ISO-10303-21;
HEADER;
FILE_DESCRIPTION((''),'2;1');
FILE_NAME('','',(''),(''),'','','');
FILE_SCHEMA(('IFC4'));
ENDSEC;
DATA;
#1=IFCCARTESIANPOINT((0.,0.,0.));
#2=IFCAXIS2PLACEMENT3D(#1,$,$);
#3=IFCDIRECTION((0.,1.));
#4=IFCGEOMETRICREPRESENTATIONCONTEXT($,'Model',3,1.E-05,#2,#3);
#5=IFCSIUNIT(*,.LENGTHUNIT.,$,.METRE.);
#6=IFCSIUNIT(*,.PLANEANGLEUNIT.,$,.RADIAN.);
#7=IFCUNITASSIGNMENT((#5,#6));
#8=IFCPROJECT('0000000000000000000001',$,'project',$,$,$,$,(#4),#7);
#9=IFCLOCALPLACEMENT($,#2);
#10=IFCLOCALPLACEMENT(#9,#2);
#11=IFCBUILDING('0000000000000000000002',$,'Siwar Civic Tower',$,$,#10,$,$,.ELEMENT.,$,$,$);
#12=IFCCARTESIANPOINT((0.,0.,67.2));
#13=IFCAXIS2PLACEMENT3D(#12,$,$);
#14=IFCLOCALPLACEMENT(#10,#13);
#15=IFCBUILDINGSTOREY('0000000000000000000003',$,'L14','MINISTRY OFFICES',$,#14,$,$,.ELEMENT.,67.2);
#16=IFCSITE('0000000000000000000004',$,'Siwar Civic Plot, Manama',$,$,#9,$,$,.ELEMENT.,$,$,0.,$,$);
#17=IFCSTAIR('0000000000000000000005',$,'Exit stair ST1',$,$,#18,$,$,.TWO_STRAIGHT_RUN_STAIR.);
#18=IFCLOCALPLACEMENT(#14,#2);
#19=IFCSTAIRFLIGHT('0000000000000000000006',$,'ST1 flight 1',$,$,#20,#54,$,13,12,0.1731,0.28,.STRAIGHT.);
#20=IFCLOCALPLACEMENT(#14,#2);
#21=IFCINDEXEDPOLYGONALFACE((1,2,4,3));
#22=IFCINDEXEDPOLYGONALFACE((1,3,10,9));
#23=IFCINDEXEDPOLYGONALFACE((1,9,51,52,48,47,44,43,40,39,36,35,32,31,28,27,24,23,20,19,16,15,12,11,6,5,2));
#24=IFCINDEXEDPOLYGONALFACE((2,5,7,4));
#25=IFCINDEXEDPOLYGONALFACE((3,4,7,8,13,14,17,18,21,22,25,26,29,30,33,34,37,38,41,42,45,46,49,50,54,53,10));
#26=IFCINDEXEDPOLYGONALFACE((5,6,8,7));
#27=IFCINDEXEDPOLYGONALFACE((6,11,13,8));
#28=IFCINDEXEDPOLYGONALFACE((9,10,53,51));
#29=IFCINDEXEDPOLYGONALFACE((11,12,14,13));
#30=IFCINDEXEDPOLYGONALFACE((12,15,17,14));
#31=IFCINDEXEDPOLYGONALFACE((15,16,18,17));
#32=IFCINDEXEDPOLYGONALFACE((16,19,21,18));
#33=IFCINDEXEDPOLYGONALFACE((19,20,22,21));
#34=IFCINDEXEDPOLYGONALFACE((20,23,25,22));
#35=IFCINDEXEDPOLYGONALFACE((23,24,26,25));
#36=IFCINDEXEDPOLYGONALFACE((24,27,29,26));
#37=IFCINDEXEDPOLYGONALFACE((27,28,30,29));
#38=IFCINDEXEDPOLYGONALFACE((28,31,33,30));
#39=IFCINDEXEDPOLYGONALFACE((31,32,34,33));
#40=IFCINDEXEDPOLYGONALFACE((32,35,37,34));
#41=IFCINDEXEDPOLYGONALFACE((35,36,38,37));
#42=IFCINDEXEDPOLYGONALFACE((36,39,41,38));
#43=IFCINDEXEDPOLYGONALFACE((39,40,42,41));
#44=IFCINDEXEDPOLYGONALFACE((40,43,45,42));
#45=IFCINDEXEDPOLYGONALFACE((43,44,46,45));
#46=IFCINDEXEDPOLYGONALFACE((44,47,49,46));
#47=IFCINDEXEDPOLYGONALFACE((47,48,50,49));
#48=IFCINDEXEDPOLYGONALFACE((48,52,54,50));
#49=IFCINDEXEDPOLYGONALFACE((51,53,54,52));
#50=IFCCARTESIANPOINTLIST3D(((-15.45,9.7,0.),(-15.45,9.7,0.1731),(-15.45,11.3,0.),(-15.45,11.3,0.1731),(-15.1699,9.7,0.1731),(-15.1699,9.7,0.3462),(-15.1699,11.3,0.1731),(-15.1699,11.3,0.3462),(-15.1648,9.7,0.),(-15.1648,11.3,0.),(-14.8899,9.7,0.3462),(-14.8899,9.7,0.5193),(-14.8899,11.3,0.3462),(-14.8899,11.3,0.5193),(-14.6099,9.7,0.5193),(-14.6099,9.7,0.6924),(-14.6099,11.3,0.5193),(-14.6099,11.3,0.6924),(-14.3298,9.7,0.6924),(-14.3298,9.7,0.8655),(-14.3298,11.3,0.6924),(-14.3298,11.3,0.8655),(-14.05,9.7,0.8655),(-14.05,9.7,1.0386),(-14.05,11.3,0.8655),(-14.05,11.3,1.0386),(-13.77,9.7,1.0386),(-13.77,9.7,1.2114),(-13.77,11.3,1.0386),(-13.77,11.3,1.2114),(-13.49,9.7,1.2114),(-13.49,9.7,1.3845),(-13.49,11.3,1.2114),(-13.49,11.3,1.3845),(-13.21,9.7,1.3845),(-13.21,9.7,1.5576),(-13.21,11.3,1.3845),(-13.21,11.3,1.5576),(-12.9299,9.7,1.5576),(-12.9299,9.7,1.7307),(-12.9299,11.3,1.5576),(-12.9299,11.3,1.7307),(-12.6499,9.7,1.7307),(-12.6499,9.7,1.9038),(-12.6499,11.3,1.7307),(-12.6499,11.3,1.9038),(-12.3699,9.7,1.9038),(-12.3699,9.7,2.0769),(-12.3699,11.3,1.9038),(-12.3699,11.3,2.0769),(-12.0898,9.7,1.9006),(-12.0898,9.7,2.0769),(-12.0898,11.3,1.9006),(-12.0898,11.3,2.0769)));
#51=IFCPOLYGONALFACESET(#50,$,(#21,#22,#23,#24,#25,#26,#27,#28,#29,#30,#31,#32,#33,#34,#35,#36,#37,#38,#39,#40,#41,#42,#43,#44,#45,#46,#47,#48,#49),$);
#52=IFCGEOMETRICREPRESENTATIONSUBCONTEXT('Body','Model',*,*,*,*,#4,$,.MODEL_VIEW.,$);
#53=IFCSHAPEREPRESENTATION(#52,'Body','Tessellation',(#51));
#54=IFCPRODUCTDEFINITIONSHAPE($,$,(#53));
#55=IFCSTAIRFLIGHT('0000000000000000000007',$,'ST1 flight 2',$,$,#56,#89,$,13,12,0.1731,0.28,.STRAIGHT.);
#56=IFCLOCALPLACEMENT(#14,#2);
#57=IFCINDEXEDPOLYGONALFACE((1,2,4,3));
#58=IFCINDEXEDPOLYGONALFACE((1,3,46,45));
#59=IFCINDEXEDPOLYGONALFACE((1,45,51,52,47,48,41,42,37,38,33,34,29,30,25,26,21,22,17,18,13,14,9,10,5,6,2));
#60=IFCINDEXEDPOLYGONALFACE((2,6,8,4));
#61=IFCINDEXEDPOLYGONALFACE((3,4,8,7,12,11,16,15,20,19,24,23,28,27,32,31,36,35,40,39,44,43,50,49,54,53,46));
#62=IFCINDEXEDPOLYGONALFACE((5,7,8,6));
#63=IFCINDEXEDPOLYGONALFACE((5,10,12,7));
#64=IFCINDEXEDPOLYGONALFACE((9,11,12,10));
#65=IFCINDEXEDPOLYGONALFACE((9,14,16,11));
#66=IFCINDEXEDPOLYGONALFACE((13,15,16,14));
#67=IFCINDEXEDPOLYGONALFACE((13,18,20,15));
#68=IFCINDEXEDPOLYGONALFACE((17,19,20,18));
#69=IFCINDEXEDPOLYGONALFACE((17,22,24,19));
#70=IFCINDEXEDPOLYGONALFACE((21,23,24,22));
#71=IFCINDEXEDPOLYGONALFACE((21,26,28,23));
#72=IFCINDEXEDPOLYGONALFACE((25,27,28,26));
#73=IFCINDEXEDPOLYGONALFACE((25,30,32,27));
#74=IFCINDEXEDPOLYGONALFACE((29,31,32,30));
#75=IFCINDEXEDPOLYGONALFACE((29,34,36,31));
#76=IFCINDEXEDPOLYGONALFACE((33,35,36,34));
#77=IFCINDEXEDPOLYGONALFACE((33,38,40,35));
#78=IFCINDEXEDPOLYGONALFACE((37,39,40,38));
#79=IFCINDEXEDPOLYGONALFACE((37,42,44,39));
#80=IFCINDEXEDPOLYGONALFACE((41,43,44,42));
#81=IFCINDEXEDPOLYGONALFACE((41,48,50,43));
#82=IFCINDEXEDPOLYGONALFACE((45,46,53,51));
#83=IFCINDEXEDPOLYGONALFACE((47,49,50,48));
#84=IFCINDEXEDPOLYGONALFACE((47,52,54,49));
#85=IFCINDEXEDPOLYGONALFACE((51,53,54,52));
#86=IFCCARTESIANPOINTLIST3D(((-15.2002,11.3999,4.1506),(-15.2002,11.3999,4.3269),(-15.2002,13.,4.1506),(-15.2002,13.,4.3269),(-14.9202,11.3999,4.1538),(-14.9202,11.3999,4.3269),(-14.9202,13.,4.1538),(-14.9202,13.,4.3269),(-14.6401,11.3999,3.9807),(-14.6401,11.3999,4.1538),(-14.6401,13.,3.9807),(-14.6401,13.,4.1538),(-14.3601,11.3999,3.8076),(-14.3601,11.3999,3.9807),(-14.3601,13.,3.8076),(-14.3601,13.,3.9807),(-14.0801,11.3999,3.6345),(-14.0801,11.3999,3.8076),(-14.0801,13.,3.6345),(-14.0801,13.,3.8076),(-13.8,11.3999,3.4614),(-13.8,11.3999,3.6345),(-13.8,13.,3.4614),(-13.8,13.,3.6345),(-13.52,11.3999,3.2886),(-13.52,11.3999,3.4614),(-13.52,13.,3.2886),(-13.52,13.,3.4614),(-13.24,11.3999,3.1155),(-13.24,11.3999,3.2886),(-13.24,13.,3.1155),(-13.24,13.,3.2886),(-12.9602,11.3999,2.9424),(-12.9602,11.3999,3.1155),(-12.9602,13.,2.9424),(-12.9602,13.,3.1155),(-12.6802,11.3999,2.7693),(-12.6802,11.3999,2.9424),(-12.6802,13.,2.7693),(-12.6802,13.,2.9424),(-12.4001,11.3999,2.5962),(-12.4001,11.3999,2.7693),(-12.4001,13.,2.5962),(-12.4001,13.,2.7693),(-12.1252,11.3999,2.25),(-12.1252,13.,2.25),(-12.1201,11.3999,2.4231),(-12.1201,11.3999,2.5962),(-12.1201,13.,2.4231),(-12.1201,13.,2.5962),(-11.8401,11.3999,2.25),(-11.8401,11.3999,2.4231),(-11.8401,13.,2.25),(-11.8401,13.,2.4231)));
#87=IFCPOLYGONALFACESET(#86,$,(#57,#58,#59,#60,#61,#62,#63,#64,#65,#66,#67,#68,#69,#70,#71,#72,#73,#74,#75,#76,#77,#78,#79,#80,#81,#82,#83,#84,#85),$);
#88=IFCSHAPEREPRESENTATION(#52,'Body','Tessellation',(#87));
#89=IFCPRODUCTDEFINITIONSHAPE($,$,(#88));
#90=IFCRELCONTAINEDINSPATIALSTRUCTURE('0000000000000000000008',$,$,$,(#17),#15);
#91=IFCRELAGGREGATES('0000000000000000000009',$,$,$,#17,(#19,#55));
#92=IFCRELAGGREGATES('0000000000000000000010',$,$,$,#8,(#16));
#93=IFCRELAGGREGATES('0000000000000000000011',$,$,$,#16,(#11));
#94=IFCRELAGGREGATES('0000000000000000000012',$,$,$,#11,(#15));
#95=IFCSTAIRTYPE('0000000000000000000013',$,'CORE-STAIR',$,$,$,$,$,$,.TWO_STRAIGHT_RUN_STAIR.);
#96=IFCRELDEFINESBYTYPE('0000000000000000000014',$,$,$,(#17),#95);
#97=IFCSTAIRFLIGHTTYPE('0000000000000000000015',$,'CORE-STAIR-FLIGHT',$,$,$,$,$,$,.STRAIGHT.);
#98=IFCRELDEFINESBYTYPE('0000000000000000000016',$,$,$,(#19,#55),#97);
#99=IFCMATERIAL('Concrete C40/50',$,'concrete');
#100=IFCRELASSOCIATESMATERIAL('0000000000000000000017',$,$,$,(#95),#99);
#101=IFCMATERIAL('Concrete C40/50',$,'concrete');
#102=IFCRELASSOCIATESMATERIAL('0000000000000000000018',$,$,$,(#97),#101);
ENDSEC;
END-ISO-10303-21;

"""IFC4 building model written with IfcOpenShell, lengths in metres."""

from ifc_helpers import new_model, si_unit, direction, frame, origin, place, context, subcontext, project, spatial, polyline, outline, extrude, material, type_object, element, aggregate, save


model = new_model("IFC4")

# Units and contexts
model_context = context("Model", 3, precision=1e-05, world=origin(), true_north=direction((0.0, 1.0)))
body_context = subcontext(model_context, "Body", "Model", "MODEL_VIEW")
ifc_project = project(units=[si_unit("LENGTHUNIT", "METRE"), si_unit("PLANEANGLEUNIT", "RADIAN")], contexts=[model_context])

# Site, building, storey
site_placement = place(None, origin())
site = spatial("IfcSite", under=ifc_project, at=site_placement, Name="Siwar Civic Plot, Manama", CompositionType="ELEMENT", RefElevation=0.0)
building_placement = place(site_placement, origin())
building = spatial("IfcBuilding", under=site, at=building_placement, Name="Siwar Civic Tower", CompositionType="ELEMENT")
storey_placement = place(building_placement, frame((0.0, 0.0, 67.2)))
storey = spatial("IfcBuildingStorey", under=building, at=storey_placement, Name="L14", Description="MINISTRY OFFICES", CompositionType="ELEMENT", Elevation=67.2)

# Stair, stair flights
ifc_material_1 = material(Name="Concrete C40/50", Category="concrete")
stair_type = type_object("IfcStairType", Name="CORE-STAIR", PredefinedType="TWO_STRAIGHT_RUN_STAIR", material=ifc_material_1)
stair_placement = place(storey_placement, origin())
stair = element("IfcStair", 1, at=stair_placement, inside=storey, type_object=stair_type, Name="Exit stair ST1", PredefinedType="TWO_STRAIGHT_RUN_STAIR")
ifc_material_2 = material(Name="Concrete C40/50", Category="concrete")
stair_flight_type = type_object("IfcStairFlightType", Name="CORE-STAIR-FLIGHT", PredefinedType="STRAIGHT", material=ifc_material_2)
stair_flight_1_placement = place(storey_placement, frame((-15.45, 10.5, 0.0), z_axis=(0.0, 0.0, 1.0), x_axis=(1.0, 0.0, 0.0)))
stair_flight_1 = element("IfcStairFlight", 2, at=stair_flight_1_placement, type_object=stair_flight_type, Name="ST1 flight 1", NumberOfRisers=13, NumberOfTreads=12, PredefinedType="STRAIGHT", RiserHeight=0.1731, TreadLength=0.28, context=body_context, shape_type="SweptSolid", body=[
    extrude(outline(polyline([(0.0, 0.0), (0.0, 0.1731), (0.28, 0.1731), (0.28, 0.3462), (0.5601, 0.3462), (0.5601, 0.5193), (0.8401, 0.5193), (0.8401, 0.6924), (1.1201, 0.6924), (1.1201, 0.8655), (1.3999, 0.8655), (1.3999, 1.0386), (1.6799, 1.0386), (1.6799, 1.2114), (1.96, 1.2114), (1.96, 1.3845), (2.24, 1.3845), (2.24, 1.5576), (2.52, 1.5576), (2.52, 1.7307), (2.8, 1.7307), (2.8, 1.9038), (3.0801, 1.9038), (3.0801, 2.0769), (3.3601, 2.0769), (3.3601, 2.25), (3.3601, 1.9006), (0.2852, 0.0), (0.0, 0.0)])), frame((0.0, 0.8, 0.0), z_axis=(0.0, -1.0, 0.0), x_axis=(1.0, 0.0, 0.0)), (0.0, 0.0, 1.0), 1.6001),
])
stair_flight_2_placement = place(storey_placement, frame((-11.8401, 12.2, 2.25), z_axis=(0.0, 0.0, 1.0), x_axis=(-1.0, 0.0, 0.0)))
stair_flight_2 = element("IfcStairFlight", 3, at=stair_flight_2_placement, type_object=stair_flight_type, Name="ST1 flight 2", NumberOfRisers=13, NumberOfTreads=12, PredefinedType="STRAIGHT", RiserHeight=0.1731, TreadLength=0.28, context=body_context, shape_type="SweptSolid", body=[
    extrude(outline(polyline([(0.0, 0.0), (0.0, 0.1731), (0.28, 0.1731), (0.28, 0.3462), (0.5601, 0.3462), (0.5601, 0.5193), (0.8401, 0.5193), (0.8401, 0.6924), (1.1201, 0.6924), (1.1201, 0.8655), (1.3999, 0.8655), (1.3999, 1.0386), (1.6799, 1.0386), (1.6799, 1.2114), (1.96, 1.2114), (1.96, 1.3845), (2.24, 1.3845), (2.24, 1.5576), (2.52, 1.5576), (2.52, 1.7307), (2.8, 1.7307), (2.8, 1.9038), (3.0801, 1.9038), (3.0801, 2.0769), (3.3601, 2.0769), (3.3601, 2.25), (3.3601, 1.9006), (0.2852, 0.0), (0.0, 0.0)])), frame((0.0, 0.8, 0.0), z_axis=(0.0, -1.0, 0.0), x_axis=(1.0, 0.0, 0.0)), (0.0, 0.0, 1.0), 1.6001),
])
aggregate(stair, [stair_flight_1, stair_flight_2])

save(model, "model.ifc")
